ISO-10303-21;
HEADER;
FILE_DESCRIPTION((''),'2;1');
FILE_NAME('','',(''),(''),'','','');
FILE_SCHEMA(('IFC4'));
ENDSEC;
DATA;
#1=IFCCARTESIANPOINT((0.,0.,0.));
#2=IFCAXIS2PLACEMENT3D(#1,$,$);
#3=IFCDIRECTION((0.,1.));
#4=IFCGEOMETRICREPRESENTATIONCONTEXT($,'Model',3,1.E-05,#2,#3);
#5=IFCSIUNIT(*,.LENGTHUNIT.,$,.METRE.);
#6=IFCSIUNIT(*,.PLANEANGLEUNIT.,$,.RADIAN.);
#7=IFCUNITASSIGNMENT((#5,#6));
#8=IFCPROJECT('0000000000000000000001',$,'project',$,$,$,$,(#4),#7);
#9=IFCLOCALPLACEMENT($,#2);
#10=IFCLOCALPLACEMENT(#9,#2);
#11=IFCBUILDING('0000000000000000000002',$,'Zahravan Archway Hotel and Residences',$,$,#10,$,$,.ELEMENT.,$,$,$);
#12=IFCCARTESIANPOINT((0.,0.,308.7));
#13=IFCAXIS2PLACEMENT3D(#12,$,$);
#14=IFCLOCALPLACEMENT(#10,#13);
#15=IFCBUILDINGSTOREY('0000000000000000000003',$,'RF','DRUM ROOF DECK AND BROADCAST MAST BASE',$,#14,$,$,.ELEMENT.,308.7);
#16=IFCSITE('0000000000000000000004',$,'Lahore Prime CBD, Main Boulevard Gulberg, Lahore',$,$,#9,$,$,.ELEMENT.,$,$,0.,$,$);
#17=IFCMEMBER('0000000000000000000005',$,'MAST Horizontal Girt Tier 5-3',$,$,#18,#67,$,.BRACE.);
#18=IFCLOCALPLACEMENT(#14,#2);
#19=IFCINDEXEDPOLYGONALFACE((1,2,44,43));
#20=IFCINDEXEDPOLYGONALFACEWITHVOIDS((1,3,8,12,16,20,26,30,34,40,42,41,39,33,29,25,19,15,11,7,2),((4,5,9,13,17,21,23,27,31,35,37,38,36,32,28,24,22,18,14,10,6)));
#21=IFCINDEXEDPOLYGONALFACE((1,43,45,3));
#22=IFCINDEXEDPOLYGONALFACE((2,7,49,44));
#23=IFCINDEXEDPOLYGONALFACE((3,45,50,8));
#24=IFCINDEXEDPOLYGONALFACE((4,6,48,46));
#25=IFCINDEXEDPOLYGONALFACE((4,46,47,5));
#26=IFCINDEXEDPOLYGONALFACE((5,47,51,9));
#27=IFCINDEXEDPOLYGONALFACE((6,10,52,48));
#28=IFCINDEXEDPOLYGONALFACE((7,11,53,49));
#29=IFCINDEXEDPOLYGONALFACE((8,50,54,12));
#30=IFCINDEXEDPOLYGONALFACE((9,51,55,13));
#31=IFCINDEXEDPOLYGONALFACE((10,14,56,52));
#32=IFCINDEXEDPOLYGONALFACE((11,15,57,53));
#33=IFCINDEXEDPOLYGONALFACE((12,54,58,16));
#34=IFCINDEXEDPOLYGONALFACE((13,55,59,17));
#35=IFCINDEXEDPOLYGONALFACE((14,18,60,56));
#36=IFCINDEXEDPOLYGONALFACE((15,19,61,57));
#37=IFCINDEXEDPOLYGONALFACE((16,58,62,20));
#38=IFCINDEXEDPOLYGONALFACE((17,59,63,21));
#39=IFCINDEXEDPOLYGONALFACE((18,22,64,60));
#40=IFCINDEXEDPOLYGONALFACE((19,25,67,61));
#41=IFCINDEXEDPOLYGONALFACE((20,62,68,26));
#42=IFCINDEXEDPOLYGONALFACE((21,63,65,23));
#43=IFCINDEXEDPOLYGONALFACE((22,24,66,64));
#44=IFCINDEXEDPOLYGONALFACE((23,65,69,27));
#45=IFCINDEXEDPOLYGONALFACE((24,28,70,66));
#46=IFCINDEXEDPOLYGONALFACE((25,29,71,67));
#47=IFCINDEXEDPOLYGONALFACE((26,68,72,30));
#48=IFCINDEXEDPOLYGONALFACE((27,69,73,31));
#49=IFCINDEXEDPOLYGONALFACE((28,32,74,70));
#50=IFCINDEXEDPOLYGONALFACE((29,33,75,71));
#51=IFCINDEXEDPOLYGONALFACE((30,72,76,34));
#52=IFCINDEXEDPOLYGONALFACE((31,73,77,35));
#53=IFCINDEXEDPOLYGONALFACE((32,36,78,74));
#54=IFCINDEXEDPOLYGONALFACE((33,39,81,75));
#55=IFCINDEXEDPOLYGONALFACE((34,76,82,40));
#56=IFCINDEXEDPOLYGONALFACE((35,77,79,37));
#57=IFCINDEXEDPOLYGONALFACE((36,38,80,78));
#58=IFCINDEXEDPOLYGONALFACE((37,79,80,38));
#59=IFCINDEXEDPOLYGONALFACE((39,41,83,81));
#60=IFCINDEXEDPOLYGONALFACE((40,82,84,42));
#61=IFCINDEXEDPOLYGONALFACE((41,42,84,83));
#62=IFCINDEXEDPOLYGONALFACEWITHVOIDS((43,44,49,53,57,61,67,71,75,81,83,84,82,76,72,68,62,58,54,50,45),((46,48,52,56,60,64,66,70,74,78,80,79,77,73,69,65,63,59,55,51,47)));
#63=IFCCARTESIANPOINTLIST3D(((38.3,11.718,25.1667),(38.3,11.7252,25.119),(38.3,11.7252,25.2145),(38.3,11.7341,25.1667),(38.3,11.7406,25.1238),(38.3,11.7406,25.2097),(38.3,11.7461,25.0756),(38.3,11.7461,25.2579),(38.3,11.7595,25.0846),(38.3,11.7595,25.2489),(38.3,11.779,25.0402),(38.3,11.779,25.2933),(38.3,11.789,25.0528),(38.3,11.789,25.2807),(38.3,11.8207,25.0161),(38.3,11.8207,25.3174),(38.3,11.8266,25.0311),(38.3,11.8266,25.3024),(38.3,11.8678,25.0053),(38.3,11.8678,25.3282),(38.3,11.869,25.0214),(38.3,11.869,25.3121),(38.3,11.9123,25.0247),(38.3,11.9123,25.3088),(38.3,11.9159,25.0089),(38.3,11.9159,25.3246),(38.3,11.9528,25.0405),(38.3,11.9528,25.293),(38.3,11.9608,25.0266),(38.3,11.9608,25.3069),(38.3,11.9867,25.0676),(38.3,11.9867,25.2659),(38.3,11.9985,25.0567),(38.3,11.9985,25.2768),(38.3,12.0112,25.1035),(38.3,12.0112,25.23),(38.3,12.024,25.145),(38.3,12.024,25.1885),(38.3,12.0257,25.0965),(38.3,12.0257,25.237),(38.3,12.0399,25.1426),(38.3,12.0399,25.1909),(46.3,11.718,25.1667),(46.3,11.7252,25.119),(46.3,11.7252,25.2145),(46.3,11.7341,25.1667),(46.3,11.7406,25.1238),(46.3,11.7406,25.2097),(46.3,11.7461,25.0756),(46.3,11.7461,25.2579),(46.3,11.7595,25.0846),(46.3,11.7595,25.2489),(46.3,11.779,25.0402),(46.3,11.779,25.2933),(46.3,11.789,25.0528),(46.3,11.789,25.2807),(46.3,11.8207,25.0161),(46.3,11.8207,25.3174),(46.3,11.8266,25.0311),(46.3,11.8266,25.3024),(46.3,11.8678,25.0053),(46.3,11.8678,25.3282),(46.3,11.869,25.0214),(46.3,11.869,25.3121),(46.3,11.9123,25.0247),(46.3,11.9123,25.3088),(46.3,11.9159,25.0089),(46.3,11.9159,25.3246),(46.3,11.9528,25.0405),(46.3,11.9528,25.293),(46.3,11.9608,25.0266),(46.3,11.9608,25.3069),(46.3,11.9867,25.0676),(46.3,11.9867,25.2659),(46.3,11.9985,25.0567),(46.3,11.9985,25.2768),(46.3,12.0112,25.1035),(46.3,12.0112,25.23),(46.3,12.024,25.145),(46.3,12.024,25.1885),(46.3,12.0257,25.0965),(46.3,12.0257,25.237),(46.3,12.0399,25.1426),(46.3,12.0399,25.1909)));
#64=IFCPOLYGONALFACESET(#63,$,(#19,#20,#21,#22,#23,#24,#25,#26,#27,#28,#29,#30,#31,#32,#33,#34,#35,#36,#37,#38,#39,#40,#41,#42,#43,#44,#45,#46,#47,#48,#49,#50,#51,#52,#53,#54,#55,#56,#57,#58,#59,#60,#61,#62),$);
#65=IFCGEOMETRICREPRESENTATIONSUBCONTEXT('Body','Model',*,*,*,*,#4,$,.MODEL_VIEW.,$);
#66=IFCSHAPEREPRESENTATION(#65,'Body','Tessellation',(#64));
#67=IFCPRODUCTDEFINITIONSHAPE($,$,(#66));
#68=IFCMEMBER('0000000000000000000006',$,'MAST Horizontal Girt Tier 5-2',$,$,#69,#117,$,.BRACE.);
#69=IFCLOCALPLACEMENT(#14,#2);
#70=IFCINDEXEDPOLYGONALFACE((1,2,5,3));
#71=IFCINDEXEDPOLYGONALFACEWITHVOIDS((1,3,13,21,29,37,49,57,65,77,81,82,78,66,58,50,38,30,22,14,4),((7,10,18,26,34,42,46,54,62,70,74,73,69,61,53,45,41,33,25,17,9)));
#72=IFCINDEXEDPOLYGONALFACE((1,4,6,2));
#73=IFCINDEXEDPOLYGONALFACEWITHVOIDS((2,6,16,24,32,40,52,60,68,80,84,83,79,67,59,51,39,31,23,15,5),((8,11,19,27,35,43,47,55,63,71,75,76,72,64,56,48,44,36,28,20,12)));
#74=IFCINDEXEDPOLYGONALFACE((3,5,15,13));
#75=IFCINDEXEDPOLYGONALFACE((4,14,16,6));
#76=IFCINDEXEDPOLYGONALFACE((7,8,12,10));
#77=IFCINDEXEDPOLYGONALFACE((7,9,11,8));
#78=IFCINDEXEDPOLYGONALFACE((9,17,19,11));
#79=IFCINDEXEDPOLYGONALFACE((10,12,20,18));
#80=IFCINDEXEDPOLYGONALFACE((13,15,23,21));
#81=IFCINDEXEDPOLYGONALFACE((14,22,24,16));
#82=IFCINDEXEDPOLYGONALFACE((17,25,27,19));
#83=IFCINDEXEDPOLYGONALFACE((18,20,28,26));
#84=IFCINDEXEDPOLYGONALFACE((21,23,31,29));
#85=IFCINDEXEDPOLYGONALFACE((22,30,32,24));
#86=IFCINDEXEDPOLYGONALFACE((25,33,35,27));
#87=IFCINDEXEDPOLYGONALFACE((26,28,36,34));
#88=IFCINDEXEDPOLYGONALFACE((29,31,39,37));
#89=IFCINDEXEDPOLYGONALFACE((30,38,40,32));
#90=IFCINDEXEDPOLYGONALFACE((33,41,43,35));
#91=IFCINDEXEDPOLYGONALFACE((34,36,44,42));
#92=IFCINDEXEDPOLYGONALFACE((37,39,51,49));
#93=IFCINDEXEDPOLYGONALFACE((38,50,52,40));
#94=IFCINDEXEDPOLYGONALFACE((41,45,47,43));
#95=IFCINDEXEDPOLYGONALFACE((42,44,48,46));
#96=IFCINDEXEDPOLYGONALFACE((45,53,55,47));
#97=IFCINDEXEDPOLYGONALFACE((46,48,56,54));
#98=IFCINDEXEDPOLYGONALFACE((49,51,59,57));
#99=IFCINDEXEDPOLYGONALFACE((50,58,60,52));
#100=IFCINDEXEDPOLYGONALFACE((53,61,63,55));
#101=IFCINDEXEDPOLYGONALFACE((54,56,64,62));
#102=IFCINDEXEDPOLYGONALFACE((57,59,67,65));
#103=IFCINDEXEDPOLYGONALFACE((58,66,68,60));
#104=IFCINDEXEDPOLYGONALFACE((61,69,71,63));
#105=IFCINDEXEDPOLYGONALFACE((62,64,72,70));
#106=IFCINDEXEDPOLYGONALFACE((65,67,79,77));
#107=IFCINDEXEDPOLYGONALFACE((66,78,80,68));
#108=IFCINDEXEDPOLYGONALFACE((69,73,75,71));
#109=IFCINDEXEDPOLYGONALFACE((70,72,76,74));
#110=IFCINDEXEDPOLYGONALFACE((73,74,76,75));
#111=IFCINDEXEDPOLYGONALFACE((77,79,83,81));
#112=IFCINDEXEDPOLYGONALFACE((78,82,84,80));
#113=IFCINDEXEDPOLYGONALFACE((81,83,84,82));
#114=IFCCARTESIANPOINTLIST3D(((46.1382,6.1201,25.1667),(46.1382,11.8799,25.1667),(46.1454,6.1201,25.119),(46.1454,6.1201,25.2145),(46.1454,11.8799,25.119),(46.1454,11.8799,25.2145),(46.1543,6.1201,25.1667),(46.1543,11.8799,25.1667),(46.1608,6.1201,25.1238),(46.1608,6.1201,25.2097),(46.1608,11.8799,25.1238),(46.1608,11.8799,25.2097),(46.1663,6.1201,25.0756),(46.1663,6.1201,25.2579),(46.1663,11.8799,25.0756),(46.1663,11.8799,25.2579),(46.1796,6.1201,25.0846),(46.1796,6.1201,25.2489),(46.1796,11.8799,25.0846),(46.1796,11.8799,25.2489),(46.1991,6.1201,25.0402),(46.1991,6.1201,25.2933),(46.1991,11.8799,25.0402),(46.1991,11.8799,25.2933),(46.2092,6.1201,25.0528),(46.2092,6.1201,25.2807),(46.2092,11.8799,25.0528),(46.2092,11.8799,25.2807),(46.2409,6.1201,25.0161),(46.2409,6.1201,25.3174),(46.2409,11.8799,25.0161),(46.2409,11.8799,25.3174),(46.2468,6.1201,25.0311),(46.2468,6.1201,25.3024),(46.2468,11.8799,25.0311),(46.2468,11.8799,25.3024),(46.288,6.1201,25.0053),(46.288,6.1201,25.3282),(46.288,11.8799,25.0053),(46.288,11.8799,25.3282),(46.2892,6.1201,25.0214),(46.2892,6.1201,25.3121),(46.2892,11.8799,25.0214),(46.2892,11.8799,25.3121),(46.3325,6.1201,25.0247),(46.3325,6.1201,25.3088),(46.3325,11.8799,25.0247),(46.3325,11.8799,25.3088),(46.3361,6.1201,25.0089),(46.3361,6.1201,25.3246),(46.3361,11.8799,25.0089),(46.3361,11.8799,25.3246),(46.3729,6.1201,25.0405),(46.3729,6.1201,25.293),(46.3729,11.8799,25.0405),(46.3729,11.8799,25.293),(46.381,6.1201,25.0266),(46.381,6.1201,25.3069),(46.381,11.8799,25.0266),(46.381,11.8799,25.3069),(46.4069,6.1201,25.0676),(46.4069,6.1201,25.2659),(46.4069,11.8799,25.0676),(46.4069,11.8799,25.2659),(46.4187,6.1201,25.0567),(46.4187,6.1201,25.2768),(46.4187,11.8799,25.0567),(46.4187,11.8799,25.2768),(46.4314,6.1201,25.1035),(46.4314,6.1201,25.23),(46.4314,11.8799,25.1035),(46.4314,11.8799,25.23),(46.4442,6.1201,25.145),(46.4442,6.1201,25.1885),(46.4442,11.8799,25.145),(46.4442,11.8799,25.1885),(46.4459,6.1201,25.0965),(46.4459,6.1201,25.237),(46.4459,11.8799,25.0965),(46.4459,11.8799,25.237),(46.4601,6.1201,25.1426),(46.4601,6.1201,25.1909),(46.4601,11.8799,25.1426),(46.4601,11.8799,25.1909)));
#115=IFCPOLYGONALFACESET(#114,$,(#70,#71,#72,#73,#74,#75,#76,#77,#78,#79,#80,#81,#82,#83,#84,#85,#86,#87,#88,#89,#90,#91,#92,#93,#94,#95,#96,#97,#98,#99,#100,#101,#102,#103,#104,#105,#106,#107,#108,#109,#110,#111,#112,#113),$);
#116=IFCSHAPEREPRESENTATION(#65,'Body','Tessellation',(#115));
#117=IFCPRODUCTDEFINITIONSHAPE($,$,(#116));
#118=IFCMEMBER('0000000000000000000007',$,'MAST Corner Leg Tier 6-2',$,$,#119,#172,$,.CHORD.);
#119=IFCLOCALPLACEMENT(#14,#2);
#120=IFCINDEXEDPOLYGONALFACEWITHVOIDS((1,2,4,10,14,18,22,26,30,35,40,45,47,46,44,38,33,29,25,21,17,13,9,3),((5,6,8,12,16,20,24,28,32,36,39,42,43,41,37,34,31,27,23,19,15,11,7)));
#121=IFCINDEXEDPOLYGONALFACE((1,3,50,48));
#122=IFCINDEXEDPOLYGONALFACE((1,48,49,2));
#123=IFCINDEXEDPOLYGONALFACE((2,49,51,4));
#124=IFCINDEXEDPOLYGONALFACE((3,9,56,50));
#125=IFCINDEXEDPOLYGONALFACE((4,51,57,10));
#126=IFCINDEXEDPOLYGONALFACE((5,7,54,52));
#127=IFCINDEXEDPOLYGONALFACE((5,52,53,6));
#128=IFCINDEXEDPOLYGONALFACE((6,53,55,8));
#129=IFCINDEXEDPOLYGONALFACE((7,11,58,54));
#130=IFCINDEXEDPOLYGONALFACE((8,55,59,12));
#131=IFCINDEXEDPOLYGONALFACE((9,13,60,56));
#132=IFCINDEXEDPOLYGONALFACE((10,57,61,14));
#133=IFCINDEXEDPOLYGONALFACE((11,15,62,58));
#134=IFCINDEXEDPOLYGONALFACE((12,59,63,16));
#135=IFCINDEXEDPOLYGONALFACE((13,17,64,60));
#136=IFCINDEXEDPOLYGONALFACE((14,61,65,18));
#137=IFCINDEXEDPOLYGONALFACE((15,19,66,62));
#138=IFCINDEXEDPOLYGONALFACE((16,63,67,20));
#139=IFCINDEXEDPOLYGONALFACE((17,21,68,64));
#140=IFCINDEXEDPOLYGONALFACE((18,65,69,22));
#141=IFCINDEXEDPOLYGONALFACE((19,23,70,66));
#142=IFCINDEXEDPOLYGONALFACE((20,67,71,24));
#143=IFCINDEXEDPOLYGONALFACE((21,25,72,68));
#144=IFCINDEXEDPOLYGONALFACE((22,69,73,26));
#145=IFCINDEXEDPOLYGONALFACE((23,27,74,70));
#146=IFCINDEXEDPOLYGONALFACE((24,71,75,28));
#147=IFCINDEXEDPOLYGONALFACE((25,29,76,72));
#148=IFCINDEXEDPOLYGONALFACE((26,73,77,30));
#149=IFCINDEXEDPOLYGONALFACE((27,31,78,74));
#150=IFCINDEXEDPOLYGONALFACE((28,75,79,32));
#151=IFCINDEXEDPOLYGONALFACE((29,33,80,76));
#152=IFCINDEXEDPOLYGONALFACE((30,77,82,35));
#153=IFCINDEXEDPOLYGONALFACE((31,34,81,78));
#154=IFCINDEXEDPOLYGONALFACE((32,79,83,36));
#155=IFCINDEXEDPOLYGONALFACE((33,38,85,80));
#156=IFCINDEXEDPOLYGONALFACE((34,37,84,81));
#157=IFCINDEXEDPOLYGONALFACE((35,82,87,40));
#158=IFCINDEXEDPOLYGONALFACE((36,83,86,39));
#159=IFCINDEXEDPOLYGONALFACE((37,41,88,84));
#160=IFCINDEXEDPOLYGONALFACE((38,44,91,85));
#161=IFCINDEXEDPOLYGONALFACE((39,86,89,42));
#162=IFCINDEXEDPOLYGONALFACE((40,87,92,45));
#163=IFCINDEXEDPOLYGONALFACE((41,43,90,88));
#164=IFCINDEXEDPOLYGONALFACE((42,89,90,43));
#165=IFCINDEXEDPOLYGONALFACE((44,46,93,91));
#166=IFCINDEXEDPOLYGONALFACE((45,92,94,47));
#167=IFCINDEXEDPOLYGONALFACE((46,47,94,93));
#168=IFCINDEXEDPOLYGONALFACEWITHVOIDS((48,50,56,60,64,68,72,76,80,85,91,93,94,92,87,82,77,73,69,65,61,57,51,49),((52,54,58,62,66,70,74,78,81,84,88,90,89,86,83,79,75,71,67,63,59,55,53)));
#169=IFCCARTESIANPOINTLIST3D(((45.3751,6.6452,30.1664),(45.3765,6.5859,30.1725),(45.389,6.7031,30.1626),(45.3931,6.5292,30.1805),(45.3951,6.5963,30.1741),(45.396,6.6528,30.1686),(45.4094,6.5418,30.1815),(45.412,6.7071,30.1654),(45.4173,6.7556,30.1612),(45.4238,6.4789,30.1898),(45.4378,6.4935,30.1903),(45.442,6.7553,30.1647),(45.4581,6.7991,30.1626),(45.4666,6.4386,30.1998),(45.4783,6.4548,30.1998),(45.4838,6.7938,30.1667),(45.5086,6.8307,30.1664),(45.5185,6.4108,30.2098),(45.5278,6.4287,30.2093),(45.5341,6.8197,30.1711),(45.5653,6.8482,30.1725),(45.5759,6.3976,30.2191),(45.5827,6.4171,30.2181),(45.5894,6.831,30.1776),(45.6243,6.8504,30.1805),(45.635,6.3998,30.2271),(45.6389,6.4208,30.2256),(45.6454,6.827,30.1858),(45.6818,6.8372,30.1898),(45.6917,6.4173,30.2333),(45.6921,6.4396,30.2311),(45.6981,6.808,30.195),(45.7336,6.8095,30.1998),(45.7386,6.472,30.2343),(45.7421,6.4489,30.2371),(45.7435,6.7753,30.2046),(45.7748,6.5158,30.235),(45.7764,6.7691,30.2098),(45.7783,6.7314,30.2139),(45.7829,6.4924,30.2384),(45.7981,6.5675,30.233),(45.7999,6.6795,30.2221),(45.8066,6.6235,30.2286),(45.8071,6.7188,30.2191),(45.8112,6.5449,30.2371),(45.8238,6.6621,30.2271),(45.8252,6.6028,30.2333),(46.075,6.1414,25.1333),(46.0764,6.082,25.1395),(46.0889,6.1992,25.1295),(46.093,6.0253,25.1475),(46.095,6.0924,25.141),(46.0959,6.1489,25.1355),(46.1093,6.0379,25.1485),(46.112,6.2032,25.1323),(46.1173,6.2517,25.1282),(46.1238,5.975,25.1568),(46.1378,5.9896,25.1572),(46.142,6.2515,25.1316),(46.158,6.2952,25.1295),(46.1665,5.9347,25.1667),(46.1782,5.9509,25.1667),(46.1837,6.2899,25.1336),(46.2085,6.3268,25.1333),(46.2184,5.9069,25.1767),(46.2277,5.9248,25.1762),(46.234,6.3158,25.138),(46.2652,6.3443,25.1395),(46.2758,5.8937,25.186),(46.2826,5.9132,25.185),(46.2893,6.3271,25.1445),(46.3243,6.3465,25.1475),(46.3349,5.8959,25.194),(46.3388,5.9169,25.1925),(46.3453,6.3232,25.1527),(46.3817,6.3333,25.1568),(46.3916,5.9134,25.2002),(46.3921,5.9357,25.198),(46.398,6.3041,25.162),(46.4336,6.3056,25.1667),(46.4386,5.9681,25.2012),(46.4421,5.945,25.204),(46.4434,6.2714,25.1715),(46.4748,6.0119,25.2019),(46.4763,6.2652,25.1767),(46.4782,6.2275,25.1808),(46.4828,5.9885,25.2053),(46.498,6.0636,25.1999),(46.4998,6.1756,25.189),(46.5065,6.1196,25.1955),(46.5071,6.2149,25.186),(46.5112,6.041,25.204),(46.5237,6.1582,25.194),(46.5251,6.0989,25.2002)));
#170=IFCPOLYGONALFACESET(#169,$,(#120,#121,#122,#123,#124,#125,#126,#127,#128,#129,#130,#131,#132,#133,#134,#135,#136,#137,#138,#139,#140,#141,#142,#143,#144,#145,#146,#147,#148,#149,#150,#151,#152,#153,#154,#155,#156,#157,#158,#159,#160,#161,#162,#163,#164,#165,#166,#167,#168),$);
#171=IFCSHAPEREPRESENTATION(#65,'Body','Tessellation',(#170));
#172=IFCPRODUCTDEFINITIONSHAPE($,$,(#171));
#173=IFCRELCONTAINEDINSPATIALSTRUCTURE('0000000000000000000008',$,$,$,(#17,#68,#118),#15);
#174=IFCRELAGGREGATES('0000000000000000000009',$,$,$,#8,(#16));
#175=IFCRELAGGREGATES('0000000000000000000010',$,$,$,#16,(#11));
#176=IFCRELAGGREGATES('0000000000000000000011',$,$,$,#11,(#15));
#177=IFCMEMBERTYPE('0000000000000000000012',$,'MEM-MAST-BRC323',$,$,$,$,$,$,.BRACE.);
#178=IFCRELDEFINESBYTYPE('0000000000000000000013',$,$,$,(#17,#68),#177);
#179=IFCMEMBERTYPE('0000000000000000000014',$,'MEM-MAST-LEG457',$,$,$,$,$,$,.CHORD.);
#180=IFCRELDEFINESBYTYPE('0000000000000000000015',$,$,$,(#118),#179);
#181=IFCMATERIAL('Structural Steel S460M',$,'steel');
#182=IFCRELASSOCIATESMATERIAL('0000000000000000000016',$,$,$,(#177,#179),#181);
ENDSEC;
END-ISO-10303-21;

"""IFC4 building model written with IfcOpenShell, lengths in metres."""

from ifc_helpers import new_model, si_unit, direction, frame, origin, origin_2d, place, context, subcontext, project, spatial, hollow_circle, extrude, source, transform, mapped, material, material_profile, profile_set, type_object, type_shapes, element, save


model = new_model("IFC4")

# Units and contexts
model_context = context("Model", 3, precision=1e-05, world=origin(), true_north=direction((0.0, 1.0)))
body_context = subcontext(model_context, "Body", "Model", "MODEL_VIEW")
ifc_project = project(units=[si_unit("LENGTHUNIT", "METRE"), si_unit("PLANEANGLEUNIT", "RADIAN")], contexts=[model_context])

# Site, building, storey
site_placement = place(None, origin())
site = spatial("IfcSite", under=ifc_project, at=site_placement, Name="Lahore Prime CBD, Main Boulevard Gulberg, Lahore", CompositionType="ELEMENT", RefElevation=0.0)
building_placement = place(site_placement, origin())
building = spatial("IfcBuilding", under=site, at=building_placement, Name="Zahravan Archway Hotel and Residences", CompositionType="ELEMENT")
storey_placement = place(building_placement, frame((0.0, 0.0, 308.7)))
storey = spatial("IfcBuildingStorey", under=building, at=storey_placement, Name="RF", Description="DRUM ROOF DECK AND BROADCAST MAST BASE", CompositionType="ELEMENT", Elevation=308.7)

# Members
ifc_material_1 = material(Name="Structural Steel S460M", Category="steel")
ifc_material_profile_1 = material_profile(ifc_material_1, hollow_circle(Radius=0.1619, WallThickness=0.0161, at=origin_2d()), Name="CHS 323.9x16", Category="steel")
ifc_profile_set_1 = profile_set([ifc_material_profile_1], Name="Structural Steel S460M")
member_type_1 = type_object("IfcMemberType", Name="MEM-MAST-BRC323", PredefinedType="BRACE", material=ifc_profile_set_1)
shared_shape_1 = source(origin(), body_context, "Body", "SweptSolid", [
    extrude(hollow_circle(Radius=0.1619, WallThickness=0.0161, at=origin_2d()), origin(), (0.0, 0.0, 1.0), 8.0),
])
member_1_placement = place(storey_placement, frame((46.3, 11.8799, 25.1667), z_axis=(-1.0, 0.0, 0.0), x_axis=(0.0, -1.0, 0.0)))
element("IfcMember", 1, at=member_1_placement, inside=storey, type_object=member_type_1, Name="MAST Horizontal Girt Tier 5-3", PredefinedType="BRACE", context=body_context, shape_type="MappedRepresentation", body=[
    mapped(shared_shape_1, transform((0.0, 0.0, 0.0), scale=1.0)),
])
shared_shape_2 = source(origin(), body_context, "Body", "SweptSolid", [
    extrude(hollow_circle(Radius=0.1619, WallThickness=0.0161, at=origin_2d()), origin(), (0.0, 0.0, 1.0), 5.7598),
])
member_2_placement = place(storey_placement, frame((46.3, 6.1201, 25.1667), z_axis=(0.0, 1.0, 0.0), x_axis=(-1.0, 0.0, 0.0)))
element("IfcMember", 2, at=member_2_placement, inside=storey, type_object=member_type_1, Name="MAST Horizontal Girt Tier 5-2", PredefinedType="BRACE", context=body_context, shape_type="MappedRepresentation", body=[
    mapped(shared_shape_2, transform((0.0, 0.0, 0.0), scale=1.0)),
])
ifc_material_profile_2 = material_profile(ifc_material_1, hollow_circle(Radius=0.2285, WallThickness=0.02, at=origin_2d()), Name="CHS 457x20", Category="steel")
ifc_profile_set_2 = profile_set([ifc_material_profile_2], Name="Structural Steel S460M")
member_type_2 = type_object("IfcMemberType", Name="MEM-MAST-LEG457", PredefinedType="CHORD", material=ifc_profile_set_2)
shared_shape_3 = source(origin(), body_context, "Body", "SweptSolid", [
    extrude(hollow_circle(Radius=0.2285, WallThickness=0.02, at=origin_2d()), origin(), (0.0, 0.0, 1.0), 5.1064),
])
type_shapes(member_type_2, [shared_shape_3])
for number, where, z_axis, x_axis, name in (
    (3, (46.3, 6.1201, 25.1667), (-0.137069, 0.098678, 0.985634), (-0.58426, -0.811567, 0.0), "MAST Corner Leg Tier 6-2"),
):
    element("IfcMember", number, at=place(storey_placement, frame(where, z_axis=z_axis, x_axis=x_axis)), inside=storey, type_object=member_type_2, Name=name, PredefinedType="CHORD", context=body_context, shape_type="MappedRepresentation", body=[
        mapped(shared_shape_3, transform((0.0, 0.0, 0.0), scale=1.0)),
    ])

save(model, "model.ifc")
